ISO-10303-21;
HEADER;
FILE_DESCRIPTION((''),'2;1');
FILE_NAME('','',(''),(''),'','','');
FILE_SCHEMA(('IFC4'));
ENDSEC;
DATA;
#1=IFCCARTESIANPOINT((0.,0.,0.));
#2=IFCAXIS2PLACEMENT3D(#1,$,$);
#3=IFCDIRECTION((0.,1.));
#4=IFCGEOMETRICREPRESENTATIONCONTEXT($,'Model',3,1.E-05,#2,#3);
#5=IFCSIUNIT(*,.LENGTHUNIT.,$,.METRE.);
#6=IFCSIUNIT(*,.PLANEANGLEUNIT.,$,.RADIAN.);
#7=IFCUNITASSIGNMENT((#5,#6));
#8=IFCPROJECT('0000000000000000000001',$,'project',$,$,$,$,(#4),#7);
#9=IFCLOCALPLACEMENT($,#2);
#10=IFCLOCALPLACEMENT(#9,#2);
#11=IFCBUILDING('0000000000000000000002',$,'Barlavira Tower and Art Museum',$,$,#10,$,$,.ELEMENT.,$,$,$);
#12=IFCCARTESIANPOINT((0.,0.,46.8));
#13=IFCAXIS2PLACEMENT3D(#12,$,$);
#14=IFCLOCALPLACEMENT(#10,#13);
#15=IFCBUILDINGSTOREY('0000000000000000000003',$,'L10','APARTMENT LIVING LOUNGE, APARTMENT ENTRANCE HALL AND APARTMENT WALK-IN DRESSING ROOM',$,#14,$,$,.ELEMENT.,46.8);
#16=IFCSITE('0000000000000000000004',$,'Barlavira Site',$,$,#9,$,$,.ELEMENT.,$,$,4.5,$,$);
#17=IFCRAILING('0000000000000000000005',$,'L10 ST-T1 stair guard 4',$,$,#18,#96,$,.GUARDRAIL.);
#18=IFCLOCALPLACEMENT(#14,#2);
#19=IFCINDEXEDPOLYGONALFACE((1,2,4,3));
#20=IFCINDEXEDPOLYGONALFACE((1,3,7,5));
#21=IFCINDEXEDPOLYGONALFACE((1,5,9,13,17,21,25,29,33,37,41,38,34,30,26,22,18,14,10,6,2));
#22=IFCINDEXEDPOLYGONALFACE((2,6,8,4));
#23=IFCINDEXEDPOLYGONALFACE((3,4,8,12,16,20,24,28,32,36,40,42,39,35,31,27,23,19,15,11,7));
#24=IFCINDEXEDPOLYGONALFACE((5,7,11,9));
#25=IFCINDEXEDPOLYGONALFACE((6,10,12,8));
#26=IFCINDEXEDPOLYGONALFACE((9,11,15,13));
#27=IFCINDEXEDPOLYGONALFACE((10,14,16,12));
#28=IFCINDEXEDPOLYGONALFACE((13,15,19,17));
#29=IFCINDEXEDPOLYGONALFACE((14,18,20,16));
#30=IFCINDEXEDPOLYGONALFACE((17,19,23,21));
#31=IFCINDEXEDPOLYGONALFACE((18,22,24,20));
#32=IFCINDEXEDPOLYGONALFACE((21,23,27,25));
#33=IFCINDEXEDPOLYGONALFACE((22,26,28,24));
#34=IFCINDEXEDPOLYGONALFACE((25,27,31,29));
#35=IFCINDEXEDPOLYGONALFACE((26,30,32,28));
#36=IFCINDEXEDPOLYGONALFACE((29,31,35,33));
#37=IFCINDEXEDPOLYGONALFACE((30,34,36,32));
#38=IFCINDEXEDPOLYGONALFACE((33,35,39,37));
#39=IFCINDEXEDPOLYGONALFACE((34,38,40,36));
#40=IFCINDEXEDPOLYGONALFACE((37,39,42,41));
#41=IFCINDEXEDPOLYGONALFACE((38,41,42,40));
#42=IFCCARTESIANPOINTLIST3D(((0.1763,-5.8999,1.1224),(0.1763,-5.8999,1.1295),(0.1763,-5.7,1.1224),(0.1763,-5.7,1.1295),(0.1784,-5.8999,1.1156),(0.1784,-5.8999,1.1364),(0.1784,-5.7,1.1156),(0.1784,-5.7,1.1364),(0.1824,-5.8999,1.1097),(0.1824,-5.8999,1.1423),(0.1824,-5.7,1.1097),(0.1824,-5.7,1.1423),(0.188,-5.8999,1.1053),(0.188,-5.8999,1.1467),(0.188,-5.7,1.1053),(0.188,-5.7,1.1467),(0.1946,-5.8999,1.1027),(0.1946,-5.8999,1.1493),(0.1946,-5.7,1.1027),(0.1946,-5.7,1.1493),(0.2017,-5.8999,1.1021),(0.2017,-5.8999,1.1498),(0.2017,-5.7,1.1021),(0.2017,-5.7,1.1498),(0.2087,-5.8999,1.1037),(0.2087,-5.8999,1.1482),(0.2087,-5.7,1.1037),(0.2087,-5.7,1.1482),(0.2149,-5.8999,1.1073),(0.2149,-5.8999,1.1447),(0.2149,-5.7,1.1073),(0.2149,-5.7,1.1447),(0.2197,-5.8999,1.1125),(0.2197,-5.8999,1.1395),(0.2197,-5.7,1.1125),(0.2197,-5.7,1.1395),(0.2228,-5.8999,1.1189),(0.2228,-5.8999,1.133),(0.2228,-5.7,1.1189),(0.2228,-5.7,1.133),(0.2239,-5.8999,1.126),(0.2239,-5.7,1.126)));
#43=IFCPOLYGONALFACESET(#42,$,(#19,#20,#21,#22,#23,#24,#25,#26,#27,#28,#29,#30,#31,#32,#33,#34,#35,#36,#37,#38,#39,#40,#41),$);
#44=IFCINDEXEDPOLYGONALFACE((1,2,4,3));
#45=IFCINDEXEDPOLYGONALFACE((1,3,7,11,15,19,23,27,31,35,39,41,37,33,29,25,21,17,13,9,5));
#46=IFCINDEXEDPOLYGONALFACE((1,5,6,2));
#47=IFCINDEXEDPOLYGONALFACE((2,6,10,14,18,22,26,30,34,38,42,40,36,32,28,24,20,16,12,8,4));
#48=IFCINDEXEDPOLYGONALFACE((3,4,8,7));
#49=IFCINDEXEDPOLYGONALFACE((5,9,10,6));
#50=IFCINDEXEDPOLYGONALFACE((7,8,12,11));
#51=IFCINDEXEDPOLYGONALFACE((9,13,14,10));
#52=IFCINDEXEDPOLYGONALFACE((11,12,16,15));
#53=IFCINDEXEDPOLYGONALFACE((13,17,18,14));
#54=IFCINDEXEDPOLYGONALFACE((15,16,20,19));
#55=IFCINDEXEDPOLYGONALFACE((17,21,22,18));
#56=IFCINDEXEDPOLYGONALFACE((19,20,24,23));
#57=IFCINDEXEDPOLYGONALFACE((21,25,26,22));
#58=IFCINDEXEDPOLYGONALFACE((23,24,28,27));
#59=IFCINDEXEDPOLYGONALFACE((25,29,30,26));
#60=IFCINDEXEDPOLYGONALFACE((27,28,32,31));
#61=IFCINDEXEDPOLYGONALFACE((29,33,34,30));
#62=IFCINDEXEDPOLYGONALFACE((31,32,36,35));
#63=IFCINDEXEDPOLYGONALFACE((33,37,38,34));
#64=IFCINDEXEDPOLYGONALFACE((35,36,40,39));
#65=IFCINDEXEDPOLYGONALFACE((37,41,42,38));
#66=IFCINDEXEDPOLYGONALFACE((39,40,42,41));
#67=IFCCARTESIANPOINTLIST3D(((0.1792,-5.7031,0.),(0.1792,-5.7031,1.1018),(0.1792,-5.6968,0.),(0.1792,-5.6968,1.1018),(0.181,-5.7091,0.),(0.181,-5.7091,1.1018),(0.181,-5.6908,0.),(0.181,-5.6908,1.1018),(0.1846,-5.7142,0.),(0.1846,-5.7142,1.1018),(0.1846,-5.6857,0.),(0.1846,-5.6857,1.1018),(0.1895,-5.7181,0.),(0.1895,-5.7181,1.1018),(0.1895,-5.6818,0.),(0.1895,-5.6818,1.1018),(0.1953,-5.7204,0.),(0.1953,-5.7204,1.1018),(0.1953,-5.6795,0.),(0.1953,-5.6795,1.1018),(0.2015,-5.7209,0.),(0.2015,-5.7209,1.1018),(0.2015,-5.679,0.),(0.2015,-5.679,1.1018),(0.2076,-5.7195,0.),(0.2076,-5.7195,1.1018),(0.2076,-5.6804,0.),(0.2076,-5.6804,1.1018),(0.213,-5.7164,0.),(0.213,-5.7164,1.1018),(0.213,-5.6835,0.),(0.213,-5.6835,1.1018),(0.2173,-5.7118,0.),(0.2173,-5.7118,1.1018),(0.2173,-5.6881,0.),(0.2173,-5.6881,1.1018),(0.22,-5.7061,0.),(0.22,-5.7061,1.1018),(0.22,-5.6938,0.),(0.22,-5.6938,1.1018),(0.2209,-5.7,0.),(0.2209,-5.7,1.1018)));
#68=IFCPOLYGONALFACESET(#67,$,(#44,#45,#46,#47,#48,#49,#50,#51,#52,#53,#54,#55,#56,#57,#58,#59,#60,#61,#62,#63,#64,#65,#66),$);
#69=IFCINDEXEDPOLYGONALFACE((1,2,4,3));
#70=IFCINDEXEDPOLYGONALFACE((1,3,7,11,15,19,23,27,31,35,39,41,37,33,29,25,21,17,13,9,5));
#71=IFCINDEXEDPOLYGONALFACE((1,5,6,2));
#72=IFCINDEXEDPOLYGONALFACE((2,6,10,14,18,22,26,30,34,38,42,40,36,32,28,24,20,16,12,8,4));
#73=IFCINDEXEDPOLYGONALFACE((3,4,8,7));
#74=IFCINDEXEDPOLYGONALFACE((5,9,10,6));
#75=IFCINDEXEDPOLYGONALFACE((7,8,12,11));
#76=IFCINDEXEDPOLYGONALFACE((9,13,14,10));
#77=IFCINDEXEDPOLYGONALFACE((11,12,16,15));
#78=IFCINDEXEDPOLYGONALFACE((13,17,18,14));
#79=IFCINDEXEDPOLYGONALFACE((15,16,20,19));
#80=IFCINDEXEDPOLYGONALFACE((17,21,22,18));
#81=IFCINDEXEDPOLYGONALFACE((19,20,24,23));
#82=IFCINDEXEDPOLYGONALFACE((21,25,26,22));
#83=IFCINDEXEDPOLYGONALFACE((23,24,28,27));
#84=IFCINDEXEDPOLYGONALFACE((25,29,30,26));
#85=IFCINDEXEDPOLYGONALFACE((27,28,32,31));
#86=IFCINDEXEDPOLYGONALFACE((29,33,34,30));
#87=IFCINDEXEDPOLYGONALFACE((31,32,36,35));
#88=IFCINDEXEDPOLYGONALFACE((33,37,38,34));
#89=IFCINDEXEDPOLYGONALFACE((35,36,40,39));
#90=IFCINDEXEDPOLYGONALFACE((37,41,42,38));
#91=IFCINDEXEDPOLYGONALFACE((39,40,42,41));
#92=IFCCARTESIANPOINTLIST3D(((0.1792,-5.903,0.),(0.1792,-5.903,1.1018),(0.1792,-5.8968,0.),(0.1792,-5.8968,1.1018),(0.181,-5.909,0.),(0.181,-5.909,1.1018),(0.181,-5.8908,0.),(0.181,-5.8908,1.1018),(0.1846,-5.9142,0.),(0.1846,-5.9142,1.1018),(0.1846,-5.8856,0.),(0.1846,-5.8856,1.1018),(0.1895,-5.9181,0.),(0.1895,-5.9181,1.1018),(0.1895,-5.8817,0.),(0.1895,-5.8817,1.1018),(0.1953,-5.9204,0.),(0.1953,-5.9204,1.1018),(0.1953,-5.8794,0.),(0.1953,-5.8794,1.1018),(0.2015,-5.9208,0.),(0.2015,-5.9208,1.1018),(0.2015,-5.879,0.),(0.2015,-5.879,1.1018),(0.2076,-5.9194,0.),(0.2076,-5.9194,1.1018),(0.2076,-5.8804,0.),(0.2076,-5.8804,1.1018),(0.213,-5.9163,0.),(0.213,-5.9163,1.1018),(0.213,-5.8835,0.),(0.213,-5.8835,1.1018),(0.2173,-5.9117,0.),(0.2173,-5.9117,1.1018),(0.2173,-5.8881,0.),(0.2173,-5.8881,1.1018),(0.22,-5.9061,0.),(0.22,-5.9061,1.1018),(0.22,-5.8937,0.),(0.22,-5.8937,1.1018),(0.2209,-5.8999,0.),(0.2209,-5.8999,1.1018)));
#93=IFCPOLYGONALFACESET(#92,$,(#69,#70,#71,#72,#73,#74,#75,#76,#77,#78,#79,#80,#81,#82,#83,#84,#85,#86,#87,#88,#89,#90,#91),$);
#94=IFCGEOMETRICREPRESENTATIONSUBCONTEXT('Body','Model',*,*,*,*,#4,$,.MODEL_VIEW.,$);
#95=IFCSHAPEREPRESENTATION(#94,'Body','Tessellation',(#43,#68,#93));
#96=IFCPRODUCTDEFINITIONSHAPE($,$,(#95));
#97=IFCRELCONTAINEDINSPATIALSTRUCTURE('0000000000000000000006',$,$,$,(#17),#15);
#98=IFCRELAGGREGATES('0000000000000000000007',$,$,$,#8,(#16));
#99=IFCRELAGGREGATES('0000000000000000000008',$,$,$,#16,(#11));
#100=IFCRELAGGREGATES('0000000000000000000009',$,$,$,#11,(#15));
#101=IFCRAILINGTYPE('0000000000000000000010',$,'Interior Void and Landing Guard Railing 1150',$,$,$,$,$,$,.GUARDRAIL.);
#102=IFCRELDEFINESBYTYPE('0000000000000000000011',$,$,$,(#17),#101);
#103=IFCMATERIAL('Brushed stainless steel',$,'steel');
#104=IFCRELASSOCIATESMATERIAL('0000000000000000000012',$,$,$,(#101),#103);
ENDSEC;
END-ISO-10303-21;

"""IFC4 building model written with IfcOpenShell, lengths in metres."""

from ifc_helpers import new_model, si_unit, direction, frame, origin, origin_2d, place, context, subcontext, project, spatial, circle, extrude, material, type_object, element, save


model = new_model("IFC4")

# Units and contexts
model_context = context("Model", 3, precision=1e-05, world=origin(), true_north=direction((0.0, 1.0)))
body_context = subcontext(model_context, "Body", "Model", "MODEL_VIEW")
ifc_project = project(units=[si_unit("LENGTHUNIT", "METRE"), si_unit("PLANEANGLEUNIT", "RADIAN")], contexts=[model_context])

# Site, building, storey
site_placement = place(None, origin())
site = spatial("IfcSite", under=ifc_project, at=site_placement, Name="Barlavira Site", CompositionType="ELEMENT", RefElevation=4.5)
building_placement = place(site_placement, origin())
building = spatial("IfcBuilding", under=site, at=building_placement, Name="Barlavira Tower and Art Museum", CompositionType="ELEMENT")
storey_placement = place(building_placement, frame((0.0, 0.0, 46.8)))
storey = spatial("IfcBuildingStorey", under=building, at=storey_placement, Name="L10", Description="APARTMENT LIVING LOUNGE, APARTMENT ENTRANCE HALL AND APARTMENT WALK-IN DRESSING ROOM", CompositionType="ELEMENT", Elevation=46.8)

# Shared definitions
ifc_material_1 = material(Name="Brushed stainless steel", Category="steel")

# Railing
railing_type_1 = type_object("IfcRailingType", Name="Interior Void and Landing Guard Railing 1150", PredefinedType="GUARDRAIL", material=ifc_material_1)
railing_1_placement = place(storey_placement, frame((0.2, -5.7, 0.0)))
element("IfcRailing", 1, at=railing_1_placement, inside=storey, type_object=railing_type_1, Name="L10 ST-T1 stair guard 4", PredefinedType="GUARDRAIL", context=body_context, shape_type="SweptSolid", body=[
    extrude(circle(Radius=0.0239, at=origin_2d()), frame((0.0, 0.0, 1.126), z_axis=(0.0, -1.0, 0.0), x_axis=(1.0, 0.0, 0.0)), (0.0, 0.0, 1.0), 0.2),
    extrude(circle(Radius=0.021, at=origin_2d()), origin(), (0.0, 0.0, 1.0), 1.1018),
    extrude(circle(Radius=0.021, at=origin_2d()), frame((0.0, -0.2, 0.0)), (0.0, 0.0, 1.0), 1.1018),
])

save(model, "model.ifc")
